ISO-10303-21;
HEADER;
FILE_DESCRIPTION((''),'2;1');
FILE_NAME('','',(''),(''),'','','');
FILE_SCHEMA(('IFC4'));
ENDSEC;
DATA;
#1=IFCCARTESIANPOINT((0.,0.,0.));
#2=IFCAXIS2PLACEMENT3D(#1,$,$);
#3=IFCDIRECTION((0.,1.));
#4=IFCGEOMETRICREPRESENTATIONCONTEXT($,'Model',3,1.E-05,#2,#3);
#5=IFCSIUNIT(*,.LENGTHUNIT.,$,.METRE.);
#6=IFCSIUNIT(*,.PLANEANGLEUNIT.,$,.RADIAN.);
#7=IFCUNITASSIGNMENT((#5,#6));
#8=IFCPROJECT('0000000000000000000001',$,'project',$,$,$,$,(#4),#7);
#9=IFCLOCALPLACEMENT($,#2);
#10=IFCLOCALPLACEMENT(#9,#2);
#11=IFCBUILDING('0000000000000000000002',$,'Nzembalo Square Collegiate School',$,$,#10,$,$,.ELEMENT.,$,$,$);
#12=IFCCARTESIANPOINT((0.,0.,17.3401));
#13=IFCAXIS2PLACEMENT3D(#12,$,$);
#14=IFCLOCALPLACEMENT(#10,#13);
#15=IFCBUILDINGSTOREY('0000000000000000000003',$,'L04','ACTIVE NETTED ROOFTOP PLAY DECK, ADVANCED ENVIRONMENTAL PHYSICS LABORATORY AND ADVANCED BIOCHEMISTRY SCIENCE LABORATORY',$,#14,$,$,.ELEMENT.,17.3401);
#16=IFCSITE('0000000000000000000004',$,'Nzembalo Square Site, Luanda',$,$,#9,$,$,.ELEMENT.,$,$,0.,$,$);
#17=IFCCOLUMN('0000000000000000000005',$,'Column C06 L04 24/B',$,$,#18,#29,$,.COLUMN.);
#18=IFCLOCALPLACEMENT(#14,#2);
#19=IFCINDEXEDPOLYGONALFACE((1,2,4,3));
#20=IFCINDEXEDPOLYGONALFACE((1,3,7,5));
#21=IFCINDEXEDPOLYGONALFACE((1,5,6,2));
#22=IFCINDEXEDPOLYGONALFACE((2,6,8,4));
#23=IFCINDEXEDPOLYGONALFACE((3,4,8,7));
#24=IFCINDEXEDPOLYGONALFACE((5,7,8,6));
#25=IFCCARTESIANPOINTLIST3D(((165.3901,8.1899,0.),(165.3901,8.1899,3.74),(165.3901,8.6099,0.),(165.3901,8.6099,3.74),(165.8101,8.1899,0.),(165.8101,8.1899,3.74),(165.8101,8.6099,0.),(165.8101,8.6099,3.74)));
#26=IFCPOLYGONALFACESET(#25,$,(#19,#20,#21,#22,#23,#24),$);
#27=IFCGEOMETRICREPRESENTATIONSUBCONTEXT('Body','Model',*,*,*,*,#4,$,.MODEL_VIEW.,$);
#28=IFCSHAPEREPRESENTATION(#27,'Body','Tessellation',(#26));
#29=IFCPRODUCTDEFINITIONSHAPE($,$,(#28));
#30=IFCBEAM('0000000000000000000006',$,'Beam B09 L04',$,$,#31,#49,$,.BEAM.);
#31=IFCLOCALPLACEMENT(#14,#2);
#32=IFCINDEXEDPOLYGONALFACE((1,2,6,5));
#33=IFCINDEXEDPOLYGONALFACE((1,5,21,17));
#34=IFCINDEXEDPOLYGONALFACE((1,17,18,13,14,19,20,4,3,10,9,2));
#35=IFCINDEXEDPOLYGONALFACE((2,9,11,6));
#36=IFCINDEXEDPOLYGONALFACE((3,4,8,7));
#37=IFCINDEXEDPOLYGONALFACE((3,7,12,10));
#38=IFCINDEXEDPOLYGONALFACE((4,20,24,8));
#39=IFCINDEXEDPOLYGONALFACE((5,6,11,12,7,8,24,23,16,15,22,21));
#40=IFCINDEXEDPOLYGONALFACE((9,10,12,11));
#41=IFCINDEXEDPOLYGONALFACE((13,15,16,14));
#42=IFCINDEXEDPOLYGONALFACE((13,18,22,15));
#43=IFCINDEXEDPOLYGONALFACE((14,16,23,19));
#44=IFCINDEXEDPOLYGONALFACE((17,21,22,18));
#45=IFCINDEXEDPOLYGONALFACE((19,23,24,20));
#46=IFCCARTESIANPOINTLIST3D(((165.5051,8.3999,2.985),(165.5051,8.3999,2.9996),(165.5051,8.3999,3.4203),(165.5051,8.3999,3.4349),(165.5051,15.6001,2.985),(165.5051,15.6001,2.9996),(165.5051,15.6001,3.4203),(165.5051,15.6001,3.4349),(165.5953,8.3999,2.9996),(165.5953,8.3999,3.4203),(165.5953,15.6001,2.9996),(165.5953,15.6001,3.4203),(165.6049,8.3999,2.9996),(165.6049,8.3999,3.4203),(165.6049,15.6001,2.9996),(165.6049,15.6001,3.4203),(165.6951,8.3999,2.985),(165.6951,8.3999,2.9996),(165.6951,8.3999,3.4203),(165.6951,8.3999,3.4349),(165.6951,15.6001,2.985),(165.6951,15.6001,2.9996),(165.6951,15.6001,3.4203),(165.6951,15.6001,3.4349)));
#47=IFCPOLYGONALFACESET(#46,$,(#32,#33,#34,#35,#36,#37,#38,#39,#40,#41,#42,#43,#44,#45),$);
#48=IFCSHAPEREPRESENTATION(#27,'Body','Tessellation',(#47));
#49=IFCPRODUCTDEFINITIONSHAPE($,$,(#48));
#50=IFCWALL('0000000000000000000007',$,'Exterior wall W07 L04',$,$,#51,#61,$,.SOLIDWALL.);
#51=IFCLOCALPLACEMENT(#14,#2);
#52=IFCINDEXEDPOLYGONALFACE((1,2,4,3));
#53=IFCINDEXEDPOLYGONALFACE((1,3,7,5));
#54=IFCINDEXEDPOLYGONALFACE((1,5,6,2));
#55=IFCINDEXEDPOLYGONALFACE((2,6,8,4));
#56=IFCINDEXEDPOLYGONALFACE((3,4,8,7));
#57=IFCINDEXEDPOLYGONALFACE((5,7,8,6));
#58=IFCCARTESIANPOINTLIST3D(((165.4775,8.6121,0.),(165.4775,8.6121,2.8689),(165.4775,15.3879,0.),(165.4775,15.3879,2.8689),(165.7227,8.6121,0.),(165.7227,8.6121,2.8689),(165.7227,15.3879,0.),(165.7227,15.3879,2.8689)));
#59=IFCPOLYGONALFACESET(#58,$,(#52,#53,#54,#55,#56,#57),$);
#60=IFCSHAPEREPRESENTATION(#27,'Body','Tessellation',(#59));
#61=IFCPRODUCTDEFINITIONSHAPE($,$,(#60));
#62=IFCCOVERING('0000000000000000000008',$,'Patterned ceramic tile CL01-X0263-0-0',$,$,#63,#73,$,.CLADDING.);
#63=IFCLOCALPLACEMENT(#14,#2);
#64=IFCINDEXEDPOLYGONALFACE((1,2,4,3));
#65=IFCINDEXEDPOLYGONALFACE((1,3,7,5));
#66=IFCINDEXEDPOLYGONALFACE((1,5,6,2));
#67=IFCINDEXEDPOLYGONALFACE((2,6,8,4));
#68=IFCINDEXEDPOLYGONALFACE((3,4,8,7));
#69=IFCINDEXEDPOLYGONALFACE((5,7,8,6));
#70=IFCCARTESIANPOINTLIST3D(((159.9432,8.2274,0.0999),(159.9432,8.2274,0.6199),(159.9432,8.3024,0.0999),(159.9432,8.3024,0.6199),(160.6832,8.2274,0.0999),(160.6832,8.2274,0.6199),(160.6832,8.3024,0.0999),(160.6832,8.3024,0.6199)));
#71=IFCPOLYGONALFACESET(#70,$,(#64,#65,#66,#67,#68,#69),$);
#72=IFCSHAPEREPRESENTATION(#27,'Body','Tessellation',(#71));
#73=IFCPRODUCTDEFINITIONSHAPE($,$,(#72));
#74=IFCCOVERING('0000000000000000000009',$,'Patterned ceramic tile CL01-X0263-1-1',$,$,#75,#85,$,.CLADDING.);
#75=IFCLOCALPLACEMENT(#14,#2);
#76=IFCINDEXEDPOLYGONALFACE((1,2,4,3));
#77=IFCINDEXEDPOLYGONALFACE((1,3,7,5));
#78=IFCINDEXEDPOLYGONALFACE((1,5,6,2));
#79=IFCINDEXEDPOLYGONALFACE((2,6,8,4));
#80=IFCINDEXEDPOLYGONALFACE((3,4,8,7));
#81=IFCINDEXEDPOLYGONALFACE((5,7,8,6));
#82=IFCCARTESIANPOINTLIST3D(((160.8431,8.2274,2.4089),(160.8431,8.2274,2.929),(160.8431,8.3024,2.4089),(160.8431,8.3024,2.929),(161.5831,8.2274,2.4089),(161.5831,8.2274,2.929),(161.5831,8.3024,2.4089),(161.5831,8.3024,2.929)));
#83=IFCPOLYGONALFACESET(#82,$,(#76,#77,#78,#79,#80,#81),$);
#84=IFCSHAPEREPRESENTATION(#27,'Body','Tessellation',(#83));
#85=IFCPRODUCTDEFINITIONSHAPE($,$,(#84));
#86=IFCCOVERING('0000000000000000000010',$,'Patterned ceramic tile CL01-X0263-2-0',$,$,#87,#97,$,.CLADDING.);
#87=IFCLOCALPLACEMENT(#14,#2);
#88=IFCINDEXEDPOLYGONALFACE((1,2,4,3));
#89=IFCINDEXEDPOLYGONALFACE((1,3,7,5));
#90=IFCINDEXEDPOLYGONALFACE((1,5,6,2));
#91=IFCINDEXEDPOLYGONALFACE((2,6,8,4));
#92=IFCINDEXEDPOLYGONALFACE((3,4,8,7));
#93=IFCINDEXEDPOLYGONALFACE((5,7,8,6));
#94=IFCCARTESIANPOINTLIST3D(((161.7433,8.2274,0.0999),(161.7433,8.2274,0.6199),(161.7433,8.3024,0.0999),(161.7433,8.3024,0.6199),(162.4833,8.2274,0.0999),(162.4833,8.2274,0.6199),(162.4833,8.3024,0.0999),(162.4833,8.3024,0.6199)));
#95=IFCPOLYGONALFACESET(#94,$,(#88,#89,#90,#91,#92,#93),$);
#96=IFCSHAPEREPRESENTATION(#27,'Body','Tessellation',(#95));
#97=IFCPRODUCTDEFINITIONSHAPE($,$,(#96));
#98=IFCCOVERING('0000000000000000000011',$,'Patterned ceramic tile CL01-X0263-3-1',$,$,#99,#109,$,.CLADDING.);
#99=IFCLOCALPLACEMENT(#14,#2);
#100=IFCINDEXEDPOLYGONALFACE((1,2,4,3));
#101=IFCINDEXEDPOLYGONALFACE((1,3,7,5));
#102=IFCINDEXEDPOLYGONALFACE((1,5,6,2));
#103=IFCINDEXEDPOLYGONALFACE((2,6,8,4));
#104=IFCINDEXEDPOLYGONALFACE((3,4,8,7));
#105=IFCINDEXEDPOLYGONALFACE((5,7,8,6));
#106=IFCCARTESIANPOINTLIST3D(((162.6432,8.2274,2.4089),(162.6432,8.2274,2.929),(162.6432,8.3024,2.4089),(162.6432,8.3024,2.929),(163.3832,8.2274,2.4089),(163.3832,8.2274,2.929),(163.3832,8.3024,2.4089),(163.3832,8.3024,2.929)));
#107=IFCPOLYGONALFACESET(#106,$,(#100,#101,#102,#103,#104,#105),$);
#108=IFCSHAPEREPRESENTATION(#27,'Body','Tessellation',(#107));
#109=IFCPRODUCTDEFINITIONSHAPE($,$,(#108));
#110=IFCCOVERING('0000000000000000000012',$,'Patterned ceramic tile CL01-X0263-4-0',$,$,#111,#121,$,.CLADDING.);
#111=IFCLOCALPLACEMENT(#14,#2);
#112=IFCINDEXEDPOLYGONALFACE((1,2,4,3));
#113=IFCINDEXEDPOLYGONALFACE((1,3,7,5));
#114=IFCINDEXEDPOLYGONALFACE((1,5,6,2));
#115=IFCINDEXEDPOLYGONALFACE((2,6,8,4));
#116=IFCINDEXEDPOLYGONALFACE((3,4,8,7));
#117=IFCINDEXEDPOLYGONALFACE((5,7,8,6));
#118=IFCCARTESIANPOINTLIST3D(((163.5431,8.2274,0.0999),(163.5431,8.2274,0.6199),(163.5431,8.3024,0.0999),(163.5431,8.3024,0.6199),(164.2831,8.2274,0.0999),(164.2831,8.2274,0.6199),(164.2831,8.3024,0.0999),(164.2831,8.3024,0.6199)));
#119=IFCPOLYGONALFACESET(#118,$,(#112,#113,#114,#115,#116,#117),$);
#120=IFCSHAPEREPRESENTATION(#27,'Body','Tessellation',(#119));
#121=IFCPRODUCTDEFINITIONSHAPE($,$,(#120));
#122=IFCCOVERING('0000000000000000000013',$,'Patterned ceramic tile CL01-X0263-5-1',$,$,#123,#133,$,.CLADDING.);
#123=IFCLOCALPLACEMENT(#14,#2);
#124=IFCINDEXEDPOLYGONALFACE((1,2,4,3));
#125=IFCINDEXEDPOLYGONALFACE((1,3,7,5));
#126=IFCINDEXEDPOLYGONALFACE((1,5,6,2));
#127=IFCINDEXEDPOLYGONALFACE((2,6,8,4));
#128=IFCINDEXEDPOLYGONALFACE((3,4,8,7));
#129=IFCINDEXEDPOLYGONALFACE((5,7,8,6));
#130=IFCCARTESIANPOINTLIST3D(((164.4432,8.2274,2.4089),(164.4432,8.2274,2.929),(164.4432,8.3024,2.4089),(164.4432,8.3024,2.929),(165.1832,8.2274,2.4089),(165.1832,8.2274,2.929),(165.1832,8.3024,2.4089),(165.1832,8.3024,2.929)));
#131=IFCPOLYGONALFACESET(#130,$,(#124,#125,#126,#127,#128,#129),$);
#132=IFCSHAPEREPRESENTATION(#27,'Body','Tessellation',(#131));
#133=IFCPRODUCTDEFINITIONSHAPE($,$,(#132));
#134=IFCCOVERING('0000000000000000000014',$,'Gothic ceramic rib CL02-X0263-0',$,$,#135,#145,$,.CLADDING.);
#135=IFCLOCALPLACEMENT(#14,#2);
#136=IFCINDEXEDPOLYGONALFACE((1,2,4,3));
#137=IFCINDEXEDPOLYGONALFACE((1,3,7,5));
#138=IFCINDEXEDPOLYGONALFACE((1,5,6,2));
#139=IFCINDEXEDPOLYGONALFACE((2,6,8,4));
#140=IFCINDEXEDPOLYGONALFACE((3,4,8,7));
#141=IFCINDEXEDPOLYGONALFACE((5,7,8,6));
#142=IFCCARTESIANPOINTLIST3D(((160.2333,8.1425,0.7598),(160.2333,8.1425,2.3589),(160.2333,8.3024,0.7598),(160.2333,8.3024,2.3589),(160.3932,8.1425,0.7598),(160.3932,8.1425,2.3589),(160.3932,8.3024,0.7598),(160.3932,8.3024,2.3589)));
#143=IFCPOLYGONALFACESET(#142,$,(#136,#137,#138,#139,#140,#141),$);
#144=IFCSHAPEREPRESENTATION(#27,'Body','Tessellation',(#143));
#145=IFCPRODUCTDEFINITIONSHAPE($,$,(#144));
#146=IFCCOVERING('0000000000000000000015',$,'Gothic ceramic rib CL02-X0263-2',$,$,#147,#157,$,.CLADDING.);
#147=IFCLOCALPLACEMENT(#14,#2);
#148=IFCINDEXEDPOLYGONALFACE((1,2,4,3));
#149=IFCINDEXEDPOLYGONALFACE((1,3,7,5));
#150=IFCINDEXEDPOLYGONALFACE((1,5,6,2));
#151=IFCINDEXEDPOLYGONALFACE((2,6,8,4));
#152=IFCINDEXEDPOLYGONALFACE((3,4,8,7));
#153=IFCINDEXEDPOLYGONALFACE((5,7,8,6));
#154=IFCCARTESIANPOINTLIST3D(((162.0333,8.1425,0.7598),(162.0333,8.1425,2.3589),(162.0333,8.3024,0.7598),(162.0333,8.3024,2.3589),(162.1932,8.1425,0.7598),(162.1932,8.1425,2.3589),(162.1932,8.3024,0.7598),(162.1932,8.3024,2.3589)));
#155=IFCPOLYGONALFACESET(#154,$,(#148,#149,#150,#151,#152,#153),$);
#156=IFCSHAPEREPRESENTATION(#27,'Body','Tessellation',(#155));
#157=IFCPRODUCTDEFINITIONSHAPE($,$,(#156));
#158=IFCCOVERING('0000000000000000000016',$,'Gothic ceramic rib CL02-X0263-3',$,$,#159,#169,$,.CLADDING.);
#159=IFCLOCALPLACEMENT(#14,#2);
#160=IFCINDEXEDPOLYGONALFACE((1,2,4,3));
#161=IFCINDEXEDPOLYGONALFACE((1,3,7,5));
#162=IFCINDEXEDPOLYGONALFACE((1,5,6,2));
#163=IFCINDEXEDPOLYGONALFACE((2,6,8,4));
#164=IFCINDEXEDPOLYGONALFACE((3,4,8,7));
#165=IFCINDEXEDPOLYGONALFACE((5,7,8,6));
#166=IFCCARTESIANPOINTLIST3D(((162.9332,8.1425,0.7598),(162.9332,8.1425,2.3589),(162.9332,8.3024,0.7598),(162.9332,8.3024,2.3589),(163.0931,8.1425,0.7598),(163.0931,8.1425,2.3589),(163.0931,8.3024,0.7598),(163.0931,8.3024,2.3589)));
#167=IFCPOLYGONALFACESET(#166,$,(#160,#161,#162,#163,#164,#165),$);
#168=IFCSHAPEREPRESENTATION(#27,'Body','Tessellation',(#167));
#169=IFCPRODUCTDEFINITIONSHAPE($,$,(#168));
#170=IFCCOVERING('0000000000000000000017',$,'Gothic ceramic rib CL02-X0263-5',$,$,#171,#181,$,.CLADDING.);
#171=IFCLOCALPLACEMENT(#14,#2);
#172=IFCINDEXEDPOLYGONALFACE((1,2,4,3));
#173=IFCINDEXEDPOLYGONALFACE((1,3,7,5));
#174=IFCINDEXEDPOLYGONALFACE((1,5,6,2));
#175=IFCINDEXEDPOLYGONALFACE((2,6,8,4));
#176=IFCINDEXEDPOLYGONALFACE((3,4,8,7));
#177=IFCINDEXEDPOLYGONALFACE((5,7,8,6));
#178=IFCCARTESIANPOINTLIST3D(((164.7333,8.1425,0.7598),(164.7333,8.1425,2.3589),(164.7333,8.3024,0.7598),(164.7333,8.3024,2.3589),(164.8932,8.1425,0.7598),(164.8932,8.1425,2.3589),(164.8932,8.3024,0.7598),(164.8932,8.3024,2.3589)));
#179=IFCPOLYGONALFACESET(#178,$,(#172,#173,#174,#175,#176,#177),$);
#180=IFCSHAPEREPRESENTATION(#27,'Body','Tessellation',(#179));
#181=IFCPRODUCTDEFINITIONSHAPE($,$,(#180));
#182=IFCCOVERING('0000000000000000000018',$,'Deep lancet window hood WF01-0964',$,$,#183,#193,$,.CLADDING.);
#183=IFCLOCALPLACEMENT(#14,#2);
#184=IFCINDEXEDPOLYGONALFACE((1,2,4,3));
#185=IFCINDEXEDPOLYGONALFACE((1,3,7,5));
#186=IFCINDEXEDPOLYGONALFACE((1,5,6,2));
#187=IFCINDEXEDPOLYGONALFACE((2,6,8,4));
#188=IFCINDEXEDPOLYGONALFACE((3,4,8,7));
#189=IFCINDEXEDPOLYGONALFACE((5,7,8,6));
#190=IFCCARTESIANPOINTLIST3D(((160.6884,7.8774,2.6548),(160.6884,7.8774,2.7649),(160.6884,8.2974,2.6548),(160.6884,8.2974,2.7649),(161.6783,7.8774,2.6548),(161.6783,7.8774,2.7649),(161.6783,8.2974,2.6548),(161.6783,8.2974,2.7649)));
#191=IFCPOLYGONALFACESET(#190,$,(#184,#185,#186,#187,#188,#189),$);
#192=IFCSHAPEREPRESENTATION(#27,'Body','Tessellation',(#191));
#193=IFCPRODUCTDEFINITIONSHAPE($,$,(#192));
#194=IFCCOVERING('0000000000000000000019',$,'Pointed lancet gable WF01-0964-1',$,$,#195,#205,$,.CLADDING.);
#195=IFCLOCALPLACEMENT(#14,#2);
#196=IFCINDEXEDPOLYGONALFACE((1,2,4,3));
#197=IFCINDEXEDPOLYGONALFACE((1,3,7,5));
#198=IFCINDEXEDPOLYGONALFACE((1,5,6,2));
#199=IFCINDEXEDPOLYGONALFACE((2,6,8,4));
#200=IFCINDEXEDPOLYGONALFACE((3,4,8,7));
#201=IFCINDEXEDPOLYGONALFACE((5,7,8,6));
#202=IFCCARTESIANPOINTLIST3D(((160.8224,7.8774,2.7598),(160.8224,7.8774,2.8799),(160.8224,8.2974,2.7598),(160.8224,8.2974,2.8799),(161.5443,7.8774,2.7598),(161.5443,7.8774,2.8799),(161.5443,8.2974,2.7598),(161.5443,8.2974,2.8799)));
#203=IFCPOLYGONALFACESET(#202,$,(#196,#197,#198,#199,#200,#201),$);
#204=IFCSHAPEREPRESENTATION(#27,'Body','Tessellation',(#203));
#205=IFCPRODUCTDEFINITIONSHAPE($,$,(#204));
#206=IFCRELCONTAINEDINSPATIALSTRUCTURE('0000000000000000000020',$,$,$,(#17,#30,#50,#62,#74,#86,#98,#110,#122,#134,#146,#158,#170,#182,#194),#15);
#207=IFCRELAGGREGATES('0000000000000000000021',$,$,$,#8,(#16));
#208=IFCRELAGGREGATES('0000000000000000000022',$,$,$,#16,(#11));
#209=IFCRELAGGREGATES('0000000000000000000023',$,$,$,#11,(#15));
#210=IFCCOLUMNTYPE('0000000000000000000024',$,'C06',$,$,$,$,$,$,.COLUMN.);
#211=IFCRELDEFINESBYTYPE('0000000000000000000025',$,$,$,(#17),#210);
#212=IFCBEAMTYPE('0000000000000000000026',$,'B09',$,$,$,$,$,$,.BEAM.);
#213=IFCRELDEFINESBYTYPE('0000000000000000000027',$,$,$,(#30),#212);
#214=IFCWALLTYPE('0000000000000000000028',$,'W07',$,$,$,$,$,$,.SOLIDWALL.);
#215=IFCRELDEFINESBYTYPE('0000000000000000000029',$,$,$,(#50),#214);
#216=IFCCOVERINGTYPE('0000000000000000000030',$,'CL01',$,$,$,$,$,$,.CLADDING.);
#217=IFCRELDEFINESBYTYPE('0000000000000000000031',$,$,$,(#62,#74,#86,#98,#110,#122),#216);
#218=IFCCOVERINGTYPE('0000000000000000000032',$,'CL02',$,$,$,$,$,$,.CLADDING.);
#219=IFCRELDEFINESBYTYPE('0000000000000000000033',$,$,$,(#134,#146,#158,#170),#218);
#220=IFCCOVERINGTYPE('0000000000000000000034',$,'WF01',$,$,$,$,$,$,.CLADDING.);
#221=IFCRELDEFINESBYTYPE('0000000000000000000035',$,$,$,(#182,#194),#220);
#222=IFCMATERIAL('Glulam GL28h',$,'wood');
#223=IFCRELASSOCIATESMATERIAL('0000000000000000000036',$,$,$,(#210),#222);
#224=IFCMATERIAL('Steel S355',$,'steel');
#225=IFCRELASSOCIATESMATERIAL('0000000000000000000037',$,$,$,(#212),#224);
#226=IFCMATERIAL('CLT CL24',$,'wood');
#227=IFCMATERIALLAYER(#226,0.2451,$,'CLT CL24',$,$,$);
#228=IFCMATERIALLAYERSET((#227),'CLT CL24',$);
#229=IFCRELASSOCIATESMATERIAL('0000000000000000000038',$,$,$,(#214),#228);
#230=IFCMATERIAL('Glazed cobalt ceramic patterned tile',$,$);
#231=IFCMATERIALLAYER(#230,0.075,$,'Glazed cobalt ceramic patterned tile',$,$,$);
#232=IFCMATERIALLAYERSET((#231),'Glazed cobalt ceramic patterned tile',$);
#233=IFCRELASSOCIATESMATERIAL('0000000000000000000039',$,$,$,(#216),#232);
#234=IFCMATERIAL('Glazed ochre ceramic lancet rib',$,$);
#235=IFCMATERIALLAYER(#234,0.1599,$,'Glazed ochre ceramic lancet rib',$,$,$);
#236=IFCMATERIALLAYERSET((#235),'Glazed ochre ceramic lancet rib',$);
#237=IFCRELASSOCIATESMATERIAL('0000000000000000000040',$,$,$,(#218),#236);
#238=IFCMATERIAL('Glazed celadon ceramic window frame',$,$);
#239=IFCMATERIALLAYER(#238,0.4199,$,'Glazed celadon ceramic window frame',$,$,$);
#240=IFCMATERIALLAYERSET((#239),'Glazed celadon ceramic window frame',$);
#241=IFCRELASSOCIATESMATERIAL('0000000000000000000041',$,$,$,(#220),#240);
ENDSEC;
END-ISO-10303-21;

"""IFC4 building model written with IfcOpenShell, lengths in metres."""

from ifc_helpers import new_model, si_unit, direction, frame, frame_2d, origin, origin_2d, place, context, subcontext, project, spatial, rectangle, i_section, extrude, material, layer, layer_set, material_profile, profile_set, type_object, element, save


model = new_model("IFC4")

# Units and contexts
model_context = context("Model", 3, precision=1e-05, world=origin(), true_north=direction((0.0, 1.0)))
body_context = subcontext(model_context, "Body", "Model", "MODEL_VIEW")
ifc_project = project(units=[si_unit("LENGTHUNIT", "METRE"), si_unit("PLANEANGLEUNIT", "RADIAN")], contexts=[model_context])

# Site, building, storey
site_placement = place(None, origin())
site = spatial("IfcSite", under=ifc_project, at=site_placement, Name="Nzembalo Square Site, Luanda", CompositionType="ELEMENT", RefElevation=0.0)
building_placement = place(site_placement, origin())
building = spatial("IfcBuilding", under=site, at=building_placement, Name="Nzembalo Square Collegiate School", CompositionType="ELEMENT")
storey_placement = place(building_placement, frame((0.0, 0.0, 17.3401)))
storey = spatial("IfcBuildingStorey", under=building, at=storey_placement, Name="L04", Description="ACTIVE NETTED ROOFTOP PLAY DECK, ADVANCED ENVIRONMENTAL PHYSICS LABORATORY AND ADVANCED BIOCHEMISTRY SCIENCE LABORATORY", CompositionType="ELEMENT", Elevation=17.3401)

# Column
ifc_material_1 = material(Name="Glulam GL28h", Category="wood")
ifc_material_profile_1 = material_profile(ifc_material_1, rectangle(XDim=0.4199, YDim=0.4199, at=origin_2d()), Name="GL28h 420x420")
ifc_profile_set_1 = profile_set([ifc_material_profile_1], Name="Glulam GL28h")
column_type = type_object("IfcColumnType", Name="C06", PredefinedType="COLUMN", material=ifc_profile_set_1)
column_placement = place(storey_placement, frame((165.6001, 8.3999, 0.0), z_axis=(0.0, 0.0, 1.0), x_axis=(1.0, 0.0, 0.0)))
element("IfcColumn", 1, at=column_placement, inside=storey, type_object=column_type, Name="Column C06 L04 24/B", PredefinedType="COLUMN", context=body_context, shape_type="SweptSolid", body=[
    extrude(rectangle(XDim=0.4199, YDim=0.4199, at=origin_2d()), origin(), (0.0, 0.0, 1.0), 3.74),
])

# Beam
ifc_material_2 = material(Name="Steel S355", Category="steel")
ifc_material_profile_2 = material_profile(ifc_material_2, i_section(OverallWidth=0.1899, OverallDepth=0.45, WebThickness=0.0095, FlangeThickness=0.0146, at=origin_2d()), Name="IPE 450")
ifc_profile_set_2 = profile_set([ifc_material_profile_2], Name="Steel S355")
beam_type = type_object("IfcBeamType", Name="B09", PredefinedType="BEAM", material=ifc_profile_set_2)
beam_placement = place(storey_placement, frame((165.6001, 8.3999, 3.21), z_axis=(0.0, 1.0, 0.0), x_axis=(-1.0, 0.0, 0.0)))
element("IfcBeam", 2, at=beam_placement, inside=storey, type_object=beam_type, Name="Beam B09 L04", PredefinedType="BEAM", context=body_context, shape_type="SweptSolid", body=[
    extrude(i_section(OverallWidth=0.1899, OverallDepth=0.45, WebThickness=0.0095, FlangeThickness=0.0146, at=origin_2d()), origin(), (0.0, 0.0, 1.0), 7.2002),
])

# Wall
ifc_material_3 = material(Name="CLT CL24", Category="wood")
ifc_layer_1 = layer(ifc_material_3, 0.2451, Name="CLT CL24")
ifc_layer_set_1 = layer_set([ifc_layer_1], Name="CLT CL24")
wall_type = type_object("IfcWallType", Name="W07", PredefinedType="SOLIDWALL", material=ifc_layer_set_1)
wall_placement = place(storey_placement, frame((165.6001, 8.6121, 0.0), z_axis=(0.0, 0.0, 1.0), x_axis=(0.0, 1.0, 0.0)))
element("IfcWall", 3, at=wall_placement, inside=storey, type_object=wall_type, Name="Exterior wall W07 L04", PredefinedType="SOLIDWALL", context=body_context, shape_type="SweptSolid", body=[
    extrude(rectangle(XDim=6.7759, YDim=0.2451, at=frame_2d((3.3879, 0.0))), origin(), (0.0, 0.0, 1.0), 2.8689),
])

# Coverings
ifc_material_4 = material(Name="Glazed cobalt ceramic patterned tile")
ifc_layer_2 = layer(ifc_material_4, 0.075, Name="Glazed cobalt ceramic patterned tile")
ifc_layer_set_2 = layer_set([ifc_layer_2], Name="Glazed cobalt ceramic patterned tile")
covering_type_1 = type_object("IfcCoveringType", Name="CL01", PredefinedType="CLADDING", material=ifc_layer_set_2)
for number, where, z_axis, x_axis, name in (
    (4, (160.3132, 8.2649, 0.0999), (0.0, 0.0, 1.0), (1.0, 0.0, 0.0), "Patterned ceramic tile CL01-X0263-0-0"),
    (5, (161.2131, 8.2649, 2.4089), (0.0, 0.0, 1.0), (1.0, 0.0, 0.0), "Patterned ceramic tile CL01-X0263-1-1"),
    (6, (162.1133, 8.2649, 0.0999), (0.0, 0.0, 1.0), (1.0, 0.0, 0.0), "Patterned ceramic tile CL01-X0263-2-0"),
    (7, (163.0132, 8.2649, 2.4089), (0.0, 0.0, 1.0), (1.0, 0.0, 0.0), "Patterned ceramic tile CL01-X0263-3-1"),
    (8, (163.9131, 8.2649, 0.0999), (0.0, 0.0, 1.0), (1.0, 0.0, 0.0), "Patterned ceramic tile CL01-X0263-4-0"),
    (9, (164.8132, 8.2649, 2.4089), (0.0, 0.0, 1.0), (1.0, 0.0, 0.0), "Patterned ceramic tile CL01-X0263-5-1"),
):
    element("IfcCovering", number, at=place(storey_placement, frame(where, z_axis=z_axis, x_axis=x_axis)), inside=storey, type_object=covering_type_1, Name=name, PredefinedType="CLADDING", context=body_context, shape_type="SweptSolid", body=[
        extrude(rectangle(XDim=0.74, YDim=0.075, at=origin_2d()), origin(), (0.0, 0.0, 1.0), 0.52),
    ])
ifc_material_5 = material(Name="Glazed ochre ceramic lancet rib")
ifc_layer_3 = layer(ifc_material_5, 0.1599, Name="Glazed ochre ceramic lancet rib")
ifc_layer_set_3 = layer_set([ifc_layer_3], Name="Glazed ochre ceramic lancet rib")
covering_type_2 = type_object("IfcCoveringType", Name="CL02", PredefinedType="CLADDING", material=ifc_layer_set_3)
for number, where, z_axis, x_axis, name in (
    (10, (160.3132, 8.2224, 0.7598), (0.0, 0.0, 1.0), (1.0, 0.0, 0.0), "Gothic ceramic rib CL02-X0263-0"),
    (11, (162.1133, 8.2224, 0.7598), (0.0, 0.0, 1.0), (1.0, 0.0, 0.0), "Gothic ceramic rib CL02-X0263-2"),
    (12, (163.0132, 8.2224, 0.7598), (0.0, 0.0, 1.0), (1.0, 0.0, 0.0), "Gothic ceramic rib CL02-X0263-3"),
    (13, (164.8132, 8.2224, 0.7598), (0.0, 0.0, 1.0), (1.0, 0.0, 0.0), "Gothic ceramic rib CL02-X0263-5"),
):
    element("IfcCovering", number, at=place(storey_placement, frame(where, z_axis=z_axis, x_axis=x_axis)), inside=storey, type_object=covering_type_2, Name=name, PredefinedType="CLADDING", context=body_context, shape_type="SweptSolid", body=[
        extrude(rectangle(XDim=0.1599, YDim=0.1599, at=origin_2d()), origin(), (0.0, 0.0, 1.0), 1.5991),
    ])
ifc_material_6 = material(Name="Glazed celadon ceramic window frame")
ifc_layer_4 = layer(ifc_material_6, 0.4199, Name="Glazed celadon ceramic window frame")
ifc_layer_set_4 = layer_set([ifc_layer_4], Name="Glazed celadon ceramic window frame")
covering_type_3 = type_object("IfcCoveringType", Name="WF01", PredefinedType="CLADDING", material=ifc_layer_set_4)
covering_1_placement = place(storey_placement, frame((161.1833, 8.0874, 2.6548), z_axis=(0.0, 0.0, 1.0), x_axis=(1.0, 0.0, 0.0)))
element("IfcCovering", 14, at=covering_1_placement, inside=storey, type_object=covering_type_3, Name="Deep lancet window hood WF01-0964", PredefinedType="CLADDING", context=body_context, shape_type="SweptSolid", body=[
    extrude(rectangle(XDim=0.99, YDim=0.4199, at=origin_2d()), origin(), (0.0, 0.0, 1.0), 0.1101),
])
covering_2_placement = place(storey_placement, frame((161.1833, 8.0874, 2.7598), z_axis=(0.0, 0.0, 1.0), x_axis=(1.0, 0.0, 0.0)))
element("IfcCovering", 15, at=covering_2_placement, inside=storey, type_object=covering_type_3, Name="Pointed lancet gable WF01-0964-1", PredefinedType="CLADDING", context=body_context, shape_type="SweptSolid", body=[
    extrude(rectangle(XDim=0.7219, YDim=0.4199, at=origin_2d()), origin(), (0.0, 0.0, 1.0), 0.1201),
])

save(model, "model.ifc")
